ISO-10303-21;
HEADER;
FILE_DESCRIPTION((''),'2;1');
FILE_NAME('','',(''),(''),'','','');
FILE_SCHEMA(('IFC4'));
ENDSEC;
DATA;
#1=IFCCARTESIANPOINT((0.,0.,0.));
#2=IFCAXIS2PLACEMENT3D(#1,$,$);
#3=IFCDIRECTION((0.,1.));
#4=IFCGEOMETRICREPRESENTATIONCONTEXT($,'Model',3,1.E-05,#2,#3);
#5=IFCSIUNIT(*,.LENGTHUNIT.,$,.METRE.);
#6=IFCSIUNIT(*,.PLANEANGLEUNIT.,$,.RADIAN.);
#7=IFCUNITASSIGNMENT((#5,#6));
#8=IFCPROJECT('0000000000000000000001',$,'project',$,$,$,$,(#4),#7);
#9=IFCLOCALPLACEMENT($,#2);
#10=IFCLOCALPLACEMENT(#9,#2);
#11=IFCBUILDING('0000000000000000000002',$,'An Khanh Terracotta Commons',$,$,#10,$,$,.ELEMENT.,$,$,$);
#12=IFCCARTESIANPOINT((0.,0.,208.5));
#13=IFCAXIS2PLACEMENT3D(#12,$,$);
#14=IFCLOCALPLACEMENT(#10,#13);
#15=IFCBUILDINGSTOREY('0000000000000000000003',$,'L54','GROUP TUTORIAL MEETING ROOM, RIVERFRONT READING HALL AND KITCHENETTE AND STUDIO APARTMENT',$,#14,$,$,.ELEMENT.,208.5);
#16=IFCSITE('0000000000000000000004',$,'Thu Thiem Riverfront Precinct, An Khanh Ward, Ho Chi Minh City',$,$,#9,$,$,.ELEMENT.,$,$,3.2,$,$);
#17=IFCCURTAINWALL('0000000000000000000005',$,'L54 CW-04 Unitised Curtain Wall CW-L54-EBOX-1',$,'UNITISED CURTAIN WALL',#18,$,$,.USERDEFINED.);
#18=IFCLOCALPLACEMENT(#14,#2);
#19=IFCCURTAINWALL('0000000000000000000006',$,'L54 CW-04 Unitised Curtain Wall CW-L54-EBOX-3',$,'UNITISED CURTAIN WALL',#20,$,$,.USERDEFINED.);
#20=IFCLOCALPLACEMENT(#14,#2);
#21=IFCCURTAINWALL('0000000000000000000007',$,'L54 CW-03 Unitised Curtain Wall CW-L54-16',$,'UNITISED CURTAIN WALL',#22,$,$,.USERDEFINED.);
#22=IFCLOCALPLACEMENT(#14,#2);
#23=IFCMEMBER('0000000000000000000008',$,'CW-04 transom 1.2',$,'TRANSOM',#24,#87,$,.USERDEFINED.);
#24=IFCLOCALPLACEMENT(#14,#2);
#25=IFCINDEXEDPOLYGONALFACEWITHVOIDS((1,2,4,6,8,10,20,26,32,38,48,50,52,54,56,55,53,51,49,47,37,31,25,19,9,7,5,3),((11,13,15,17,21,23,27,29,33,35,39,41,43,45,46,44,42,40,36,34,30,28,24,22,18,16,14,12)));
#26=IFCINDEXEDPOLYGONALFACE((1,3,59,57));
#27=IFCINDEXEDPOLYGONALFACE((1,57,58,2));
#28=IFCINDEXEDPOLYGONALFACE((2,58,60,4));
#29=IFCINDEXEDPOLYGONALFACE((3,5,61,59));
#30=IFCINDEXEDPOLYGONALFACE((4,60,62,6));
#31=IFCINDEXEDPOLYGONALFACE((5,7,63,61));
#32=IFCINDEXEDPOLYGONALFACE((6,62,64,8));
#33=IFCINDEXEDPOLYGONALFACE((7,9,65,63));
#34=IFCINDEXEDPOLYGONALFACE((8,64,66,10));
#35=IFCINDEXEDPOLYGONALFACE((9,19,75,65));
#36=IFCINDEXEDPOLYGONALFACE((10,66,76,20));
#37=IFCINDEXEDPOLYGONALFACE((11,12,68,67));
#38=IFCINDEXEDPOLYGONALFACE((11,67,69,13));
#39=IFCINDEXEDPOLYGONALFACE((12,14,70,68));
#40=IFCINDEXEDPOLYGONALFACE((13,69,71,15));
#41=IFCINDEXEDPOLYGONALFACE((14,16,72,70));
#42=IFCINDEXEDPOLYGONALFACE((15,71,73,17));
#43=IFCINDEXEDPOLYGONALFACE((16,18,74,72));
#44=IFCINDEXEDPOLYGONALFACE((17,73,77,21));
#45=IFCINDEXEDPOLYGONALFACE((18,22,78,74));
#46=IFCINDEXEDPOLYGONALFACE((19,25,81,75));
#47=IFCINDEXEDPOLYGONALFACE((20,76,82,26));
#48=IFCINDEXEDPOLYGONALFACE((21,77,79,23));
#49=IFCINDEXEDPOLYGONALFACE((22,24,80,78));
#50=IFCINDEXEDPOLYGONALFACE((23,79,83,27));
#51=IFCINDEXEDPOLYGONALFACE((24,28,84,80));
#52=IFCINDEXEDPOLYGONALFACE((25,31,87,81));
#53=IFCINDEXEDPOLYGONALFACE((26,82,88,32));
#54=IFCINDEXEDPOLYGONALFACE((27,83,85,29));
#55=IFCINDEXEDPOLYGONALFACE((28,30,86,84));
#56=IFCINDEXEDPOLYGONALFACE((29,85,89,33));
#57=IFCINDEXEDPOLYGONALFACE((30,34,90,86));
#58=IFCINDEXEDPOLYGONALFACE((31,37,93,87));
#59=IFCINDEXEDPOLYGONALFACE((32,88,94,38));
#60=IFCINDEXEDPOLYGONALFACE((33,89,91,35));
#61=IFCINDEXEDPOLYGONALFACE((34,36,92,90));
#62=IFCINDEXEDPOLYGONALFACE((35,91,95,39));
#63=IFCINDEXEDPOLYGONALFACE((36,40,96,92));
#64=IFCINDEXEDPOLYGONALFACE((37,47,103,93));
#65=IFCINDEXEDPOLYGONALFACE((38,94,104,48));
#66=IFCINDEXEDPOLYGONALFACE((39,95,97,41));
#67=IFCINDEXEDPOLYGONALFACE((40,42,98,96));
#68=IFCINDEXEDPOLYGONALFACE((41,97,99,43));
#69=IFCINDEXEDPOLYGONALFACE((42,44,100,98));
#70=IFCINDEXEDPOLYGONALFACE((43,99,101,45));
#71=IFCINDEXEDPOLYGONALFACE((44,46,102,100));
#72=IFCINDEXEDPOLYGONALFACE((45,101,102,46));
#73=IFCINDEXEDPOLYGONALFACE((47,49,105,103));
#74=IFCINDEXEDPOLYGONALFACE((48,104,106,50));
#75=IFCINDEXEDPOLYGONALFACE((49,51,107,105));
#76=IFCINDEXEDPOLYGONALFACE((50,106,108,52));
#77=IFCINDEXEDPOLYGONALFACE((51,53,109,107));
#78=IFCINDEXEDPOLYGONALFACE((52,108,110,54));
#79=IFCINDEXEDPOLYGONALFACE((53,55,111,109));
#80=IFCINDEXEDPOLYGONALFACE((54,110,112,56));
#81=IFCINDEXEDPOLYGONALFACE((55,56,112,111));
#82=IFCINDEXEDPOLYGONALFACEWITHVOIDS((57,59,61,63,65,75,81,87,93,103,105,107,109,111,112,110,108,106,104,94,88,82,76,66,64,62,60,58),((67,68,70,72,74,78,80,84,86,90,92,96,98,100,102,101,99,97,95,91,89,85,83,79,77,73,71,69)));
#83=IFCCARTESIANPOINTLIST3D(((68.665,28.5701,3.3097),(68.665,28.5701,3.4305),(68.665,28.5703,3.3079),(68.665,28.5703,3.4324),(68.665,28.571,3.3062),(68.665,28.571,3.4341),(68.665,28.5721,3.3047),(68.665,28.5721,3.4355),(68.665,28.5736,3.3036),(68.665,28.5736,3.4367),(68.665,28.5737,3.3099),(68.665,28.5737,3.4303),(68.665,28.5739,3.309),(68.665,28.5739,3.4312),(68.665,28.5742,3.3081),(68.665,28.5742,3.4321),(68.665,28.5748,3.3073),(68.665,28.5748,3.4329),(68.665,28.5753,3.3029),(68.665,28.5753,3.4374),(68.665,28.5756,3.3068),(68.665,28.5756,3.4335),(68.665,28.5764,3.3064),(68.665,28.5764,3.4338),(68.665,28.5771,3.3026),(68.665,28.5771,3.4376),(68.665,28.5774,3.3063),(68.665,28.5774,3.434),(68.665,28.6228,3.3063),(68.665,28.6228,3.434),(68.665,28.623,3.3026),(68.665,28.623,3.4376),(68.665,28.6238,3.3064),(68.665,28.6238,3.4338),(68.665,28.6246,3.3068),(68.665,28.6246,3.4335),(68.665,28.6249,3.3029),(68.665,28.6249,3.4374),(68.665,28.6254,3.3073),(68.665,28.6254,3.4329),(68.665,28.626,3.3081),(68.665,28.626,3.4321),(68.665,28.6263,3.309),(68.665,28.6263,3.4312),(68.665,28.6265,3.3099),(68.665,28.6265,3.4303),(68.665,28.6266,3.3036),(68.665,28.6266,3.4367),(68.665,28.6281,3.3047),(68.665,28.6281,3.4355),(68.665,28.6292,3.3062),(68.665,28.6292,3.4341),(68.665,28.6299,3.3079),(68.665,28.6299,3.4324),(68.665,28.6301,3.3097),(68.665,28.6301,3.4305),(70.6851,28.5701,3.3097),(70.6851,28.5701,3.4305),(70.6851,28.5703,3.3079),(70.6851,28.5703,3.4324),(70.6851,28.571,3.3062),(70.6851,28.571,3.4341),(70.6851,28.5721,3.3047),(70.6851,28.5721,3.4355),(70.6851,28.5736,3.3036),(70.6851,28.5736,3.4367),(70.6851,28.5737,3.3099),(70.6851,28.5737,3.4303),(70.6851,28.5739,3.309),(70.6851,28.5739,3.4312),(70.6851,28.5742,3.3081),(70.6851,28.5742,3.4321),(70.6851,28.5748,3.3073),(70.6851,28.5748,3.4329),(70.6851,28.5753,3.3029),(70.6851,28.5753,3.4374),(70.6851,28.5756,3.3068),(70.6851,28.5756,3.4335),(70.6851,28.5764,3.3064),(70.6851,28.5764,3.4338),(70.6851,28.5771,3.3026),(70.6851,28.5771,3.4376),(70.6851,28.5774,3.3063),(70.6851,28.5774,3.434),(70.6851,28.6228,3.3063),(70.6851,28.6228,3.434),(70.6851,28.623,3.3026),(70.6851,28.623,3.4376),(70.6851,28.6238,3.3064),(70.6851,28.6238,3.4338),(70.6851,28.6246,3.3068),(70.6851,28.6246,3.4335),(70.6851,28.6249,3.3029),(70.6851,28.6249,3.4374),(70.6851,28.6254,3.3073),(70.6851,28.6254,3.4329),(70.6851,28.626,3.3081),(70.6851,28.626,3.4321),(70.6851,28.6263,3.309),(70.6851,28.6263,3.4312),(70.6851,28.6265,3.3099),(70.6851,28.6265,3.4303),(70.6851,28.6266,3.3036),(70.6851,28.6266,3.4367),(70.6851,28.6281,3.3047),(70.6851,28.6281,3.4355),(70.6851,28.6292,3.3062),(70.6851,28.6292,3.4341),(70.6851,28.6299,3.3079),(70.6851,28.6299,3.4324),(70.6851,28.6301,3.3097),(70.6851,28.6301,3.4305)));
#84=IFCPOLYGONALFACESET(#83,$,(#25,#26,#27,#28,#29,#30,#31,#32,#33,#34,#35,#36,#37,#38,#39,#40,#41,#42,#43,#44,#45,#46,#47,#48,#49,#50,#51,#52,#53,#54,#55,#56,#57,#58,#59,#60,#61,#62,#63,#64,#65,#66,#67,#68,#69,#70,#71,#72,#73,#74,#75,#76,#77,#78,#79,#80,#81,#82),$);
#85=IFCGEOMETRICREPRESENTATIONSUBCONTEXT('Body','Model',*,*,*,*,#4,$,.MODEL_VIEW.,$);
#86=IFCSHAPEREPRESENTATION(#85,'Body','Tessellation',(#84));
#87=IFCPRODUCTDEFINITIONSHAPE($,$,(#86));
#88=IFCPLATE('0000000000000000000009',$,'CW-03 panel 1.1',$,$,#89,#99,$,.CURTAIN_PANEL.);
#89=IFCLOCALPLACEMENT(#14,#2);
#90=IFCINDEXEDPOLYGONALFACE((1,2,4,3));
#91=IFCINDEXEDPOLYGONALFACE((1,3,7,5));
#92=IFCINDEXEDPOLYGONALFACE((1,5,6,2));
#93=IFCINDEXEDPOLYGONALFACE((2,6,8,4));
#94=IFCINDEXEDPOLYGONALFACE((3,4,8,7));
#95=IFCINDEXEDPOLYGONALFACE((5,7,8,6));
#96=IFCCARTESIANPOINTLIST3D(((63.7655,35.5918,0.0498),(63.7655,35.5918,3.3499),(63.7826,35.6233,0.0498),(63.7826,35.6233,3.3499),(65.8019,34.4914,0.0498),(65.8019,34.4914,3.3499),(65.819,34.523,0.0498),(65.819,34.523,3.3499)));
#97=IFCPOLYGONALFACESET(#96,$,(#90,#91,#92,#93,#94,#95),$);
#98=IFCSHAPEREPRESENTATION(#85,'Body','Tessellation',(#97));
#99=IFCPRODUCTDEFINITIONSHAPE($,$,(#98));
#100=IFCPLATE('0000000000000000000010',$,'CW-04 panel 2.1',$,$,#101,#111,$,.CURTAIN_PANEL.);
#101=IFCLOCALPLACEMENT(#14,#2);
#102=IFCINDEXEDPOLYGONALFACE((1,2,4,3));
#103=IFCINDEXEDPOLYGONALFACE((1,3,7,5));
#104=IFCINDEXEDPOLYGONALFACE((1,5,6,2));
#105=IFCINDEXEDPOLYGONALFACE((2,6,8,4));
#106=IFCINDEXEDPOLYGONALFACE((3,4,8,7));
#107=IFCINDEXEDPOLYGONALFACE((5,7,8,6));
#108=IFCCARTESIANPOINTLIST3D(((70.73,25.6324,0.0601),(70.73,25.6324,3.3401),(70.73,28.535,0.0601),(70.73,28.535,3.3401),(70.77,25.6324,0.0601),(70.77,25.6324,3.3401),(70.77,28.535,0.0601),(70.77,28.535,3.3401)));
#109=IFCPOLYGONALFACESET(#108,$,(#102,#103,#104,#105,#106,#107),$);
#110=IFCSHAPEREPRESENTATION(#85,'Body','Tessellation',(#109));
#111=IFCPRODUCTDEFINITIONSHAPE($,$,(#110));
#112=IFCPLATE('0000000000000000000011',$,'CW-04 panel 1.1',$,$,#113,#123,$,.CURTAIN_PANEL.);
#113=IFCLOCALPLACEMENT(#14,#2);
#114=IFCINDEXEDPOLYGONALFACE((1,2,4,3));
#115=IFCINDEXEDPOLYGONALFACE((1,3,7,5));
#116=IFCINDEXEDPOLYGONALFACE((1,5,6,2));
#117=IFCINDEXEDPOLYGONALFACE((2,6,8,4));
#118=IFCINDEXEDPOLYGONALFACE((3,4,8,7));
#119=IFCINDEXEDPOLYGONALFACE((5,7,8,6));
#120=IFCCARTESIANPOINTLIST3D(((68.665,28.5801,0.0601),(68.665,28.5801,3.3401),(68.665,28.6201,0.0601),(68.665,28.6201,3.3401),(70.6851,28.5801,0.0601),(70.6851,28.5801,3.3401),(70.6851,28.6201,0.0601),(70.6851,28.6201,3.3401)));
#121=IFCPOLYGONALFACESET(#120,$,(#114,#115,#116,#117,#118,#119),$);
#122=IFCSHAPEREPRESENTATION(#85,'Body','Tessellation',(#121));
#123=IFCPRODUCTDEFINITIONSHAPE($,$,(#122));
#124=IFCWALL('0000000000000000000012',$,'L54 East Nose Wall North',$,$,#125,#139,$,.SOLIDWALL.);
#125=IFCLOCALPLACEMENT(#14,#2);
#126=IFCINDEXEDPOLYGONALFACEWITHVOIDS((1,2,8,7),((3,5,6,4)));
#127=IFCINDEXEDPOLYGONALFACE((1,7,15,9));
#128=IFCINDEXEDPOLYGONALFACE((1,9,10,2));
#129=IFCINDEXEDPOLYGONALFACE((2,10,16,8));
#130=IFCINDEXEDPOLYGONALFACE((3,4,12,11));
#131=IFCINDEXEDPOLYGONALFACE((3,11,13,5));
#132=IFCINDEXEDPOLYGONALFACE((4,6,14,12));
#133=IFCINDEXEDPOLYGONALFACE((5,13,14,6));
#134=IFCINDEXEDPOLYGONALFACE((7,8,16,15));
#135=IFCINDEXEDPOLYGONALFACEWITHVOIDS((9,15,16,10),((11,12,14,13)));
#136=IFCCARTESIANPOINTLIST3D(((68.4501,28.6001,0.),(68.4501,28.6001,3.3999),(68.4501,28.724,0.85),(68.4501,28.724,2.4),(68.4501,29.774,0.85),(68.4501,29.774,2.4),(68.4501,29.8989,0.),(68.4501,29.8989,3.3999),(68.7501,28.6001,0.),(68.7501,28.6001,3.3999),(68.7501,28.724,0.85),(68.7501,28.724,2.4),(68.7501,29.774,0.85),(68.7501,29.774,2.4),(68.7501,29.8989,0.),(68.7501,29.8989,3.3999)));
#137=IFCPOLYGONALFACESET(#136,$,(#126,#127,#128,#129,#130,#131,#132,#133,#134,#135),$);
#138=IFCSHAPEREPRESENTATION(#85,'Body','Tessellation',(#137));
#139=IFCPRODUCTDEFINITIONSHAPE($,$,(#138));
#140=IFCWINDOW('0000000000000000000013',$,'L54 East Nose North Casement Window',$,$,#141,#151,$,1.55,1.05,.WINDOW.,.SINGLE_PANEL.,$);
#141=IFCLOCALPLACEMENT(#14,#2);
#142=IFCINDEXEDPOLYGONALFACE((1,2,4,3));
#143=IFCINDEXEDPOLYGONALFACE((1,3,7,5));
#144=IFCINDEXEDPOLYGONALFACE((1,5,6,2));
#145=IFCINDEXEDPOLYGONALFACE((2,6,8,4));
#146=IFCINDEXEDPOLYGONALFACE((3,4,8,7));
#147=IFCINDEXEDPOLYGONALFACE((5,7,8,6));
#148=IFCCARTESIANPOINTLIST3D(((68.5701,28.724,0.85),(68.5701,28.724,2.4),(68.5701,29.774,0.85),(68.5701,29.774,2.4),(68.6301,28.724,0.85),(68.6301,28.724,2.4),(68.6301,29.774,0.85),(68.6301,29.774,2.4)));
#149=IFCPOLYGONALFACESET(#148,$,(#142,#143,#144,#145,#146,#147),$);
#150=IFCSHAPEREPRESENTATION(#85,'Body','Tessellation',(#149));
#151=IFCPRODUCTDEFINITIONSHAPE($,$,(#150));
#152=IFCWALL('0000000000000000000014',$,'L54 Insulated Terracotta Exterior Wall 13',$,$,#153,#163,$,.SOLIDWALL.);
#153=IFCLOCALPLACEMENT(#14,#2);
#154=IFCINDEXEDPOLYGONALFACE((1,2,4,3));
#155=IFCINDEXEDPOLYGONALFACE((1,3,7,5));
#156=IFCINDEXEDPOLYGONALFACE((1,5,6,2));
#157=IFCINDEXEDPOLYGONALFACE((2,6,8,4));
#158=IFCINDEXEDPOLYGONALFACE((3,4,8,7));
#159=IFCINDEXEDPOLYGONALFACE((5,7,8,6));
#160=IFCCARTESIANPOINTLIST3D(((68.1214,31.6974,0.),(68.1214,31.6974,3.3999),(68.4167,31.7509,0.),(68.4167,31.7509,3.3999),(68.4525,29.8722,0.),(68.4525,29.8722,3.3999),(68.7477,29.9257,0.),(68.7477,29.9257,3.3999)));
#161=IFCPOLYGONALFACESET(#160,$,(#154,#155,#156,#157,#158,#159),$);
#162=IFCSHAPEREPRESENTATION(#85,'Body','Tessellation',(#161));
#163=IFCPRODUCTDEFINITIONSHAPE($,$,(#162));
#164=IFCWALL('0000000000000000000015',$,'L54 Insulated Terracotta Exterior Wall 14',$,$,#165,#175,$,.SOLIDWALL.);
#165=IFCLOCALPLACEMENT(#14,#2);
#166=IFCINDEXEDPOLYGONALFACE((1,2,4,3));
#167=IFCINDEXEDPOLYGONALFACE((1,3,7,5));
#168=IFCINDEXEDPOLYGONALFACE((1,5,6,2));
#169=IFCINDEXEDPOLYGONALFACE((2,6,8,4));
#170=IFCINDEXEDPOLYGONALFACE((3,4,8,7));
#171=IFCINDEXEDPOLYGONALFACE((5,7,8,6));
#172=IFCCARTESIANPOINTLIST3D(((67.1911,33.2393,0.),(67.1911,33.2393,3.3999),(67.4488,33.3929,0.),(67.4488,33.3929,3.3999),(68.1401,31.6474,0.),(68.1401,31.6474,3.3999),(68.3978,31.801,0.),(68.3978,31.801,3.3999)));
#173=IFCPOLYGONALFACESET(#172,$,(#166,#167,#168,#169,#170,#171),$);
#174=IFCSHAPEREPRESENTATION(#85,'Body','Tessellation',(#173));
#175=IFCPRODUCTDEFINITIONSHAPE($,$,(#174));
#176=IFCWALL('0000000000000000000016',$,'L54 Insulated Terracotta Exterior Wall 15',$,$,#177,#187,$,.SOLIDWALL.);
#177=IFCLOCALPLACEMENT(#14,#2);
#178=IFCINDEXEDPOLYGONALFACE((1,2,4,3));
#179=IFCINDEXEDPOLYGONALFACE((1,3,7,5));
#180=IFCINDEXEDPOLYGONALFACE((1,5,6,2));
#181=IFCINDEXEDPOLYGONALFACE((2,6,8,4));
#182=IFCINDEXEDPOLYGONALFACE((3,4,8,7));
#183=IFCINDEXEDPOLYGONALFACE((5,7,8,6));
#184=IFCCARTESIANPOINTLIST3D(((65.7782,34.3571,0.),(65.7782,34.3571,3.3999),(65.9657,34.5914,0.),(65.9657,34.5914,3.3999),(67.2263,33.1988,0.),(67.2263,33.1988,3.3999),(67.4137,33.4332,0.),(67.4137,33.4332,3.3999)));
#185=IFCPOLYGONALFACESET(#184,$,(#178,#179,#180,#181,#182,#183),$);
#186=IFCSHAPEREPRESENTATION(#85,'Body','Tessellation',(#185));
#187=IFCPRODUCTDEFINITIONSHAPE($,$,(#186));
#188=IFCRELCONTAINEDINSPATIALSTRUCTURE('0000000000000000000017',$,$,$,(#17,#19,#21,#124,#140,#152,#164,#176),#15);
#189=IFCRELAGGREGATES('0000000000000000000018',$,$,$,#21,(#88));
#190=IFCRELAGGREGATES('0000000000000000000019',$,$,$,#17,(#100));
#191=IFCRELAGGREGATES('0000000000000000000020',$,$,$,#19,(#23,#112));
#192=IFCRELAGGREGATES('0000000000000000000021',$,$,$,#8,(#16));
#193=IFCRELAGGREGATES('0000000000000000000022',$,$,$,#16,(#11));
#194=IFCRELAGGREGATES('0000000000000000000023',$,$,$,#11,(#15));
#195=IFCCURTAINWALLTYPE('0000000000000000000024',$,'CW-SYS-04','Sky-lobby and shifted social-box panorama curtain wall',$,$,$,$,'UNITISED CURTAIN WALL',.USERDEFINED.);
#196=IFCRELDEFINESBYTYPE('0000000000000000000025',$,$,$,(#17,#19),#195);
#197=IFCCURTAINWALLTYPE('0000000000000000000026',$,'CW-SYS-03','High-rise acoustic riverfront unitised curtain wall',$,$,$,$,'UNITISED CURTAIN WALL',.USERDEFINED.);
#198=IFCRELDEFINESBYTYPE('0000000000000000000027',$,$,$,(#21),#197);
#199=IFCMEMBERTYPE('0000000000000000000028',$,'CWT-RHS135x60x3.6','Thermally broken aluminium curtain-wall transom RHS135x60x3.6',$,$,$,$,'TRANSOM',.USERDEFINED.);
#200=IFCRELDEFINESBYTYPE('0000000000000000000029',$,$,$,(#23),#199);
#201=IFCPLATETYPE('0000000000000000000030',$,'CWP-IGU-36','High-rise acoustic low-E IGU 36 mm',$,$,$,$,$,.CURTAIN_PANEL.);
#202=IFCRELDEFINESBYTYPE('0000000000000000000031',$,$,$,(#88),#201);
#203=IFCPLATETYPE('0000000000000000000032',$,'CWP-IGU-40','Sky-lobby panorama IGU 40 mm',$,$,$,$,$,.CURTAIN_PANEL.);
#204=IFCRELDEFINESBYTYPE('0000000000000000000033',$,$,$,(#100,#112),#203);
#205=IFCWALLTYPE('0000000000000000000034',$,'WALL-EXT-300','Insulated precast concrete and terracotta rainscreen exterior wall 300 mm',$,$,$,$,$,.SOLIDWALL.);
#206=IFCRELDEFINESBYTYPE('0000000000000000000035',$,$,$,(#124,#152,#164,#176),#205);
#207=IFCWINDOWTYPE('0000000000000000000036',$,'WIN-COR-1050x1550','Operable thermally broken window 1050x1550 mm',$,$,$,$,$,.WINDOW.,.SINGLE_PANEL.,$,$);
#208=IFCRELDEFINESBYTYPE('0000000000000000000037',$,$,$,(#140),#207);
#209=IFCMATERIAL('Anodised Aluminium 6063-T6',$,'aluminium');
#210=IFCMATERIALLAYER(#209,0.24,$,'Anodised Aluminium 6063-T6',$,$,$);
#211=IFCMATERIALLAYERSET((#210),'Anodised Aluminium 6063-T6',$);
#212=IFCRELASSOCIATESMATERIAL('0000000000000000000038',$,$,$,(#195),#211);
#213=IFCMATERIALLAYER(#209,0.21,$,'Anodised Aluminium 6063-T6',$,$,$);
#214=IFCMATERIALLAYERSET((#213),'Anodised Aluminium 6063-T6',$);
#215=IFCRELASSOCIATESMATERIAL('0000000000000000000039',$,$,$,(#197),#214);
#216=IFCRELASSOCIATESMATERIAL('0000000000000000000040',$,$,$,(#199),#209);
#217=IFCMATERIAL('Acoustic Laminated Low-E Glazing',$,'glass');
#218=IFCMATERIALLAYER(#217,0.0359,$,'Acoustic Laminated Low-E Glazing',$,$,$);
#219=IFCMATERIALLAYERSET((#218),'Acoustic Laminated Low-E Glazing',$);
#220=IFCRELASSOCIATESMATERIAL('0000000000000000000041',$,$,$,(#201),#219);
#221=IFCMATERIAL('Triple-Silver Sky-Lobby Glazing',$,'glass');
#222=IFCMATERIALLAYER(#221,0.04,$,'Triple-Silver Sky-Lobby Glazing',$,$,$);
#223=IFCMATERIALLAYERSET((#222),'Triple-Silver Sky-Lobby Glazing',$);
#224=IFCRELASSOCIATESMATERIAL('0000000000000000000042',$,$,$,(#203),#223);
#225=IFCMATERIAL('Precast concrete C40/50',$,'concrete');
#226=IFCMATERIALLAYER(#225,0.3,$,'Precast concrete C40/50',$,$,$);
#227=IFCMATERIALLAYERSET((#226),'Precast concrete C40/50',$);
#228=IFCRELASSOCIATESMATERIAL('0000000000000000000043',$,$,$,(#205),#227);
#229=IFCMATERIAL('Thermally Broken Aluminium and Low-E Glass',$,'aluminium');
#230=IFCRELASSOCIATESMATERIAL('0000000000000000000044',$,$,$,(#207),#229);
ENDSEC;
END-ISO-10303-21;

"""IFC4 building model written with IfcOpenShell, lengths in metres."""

from ifc_helpers import new_model, si_unit, direction, frame, frame_2d, origin, origin_2d, place, context, subcontext, project, spatial, rectangle, hollow_rectangle, extrude, material, layer, layer_set, material_profile, profile_set, type_object, element, fill, aggregate, save


model = new_model("IFC4")

# Units and contexts
model_context = context("Model", 3, precision=1e-05, world=origin(), true_north=direction((0.0, 1.0)))
body_context = subcontext(model_context, "Body", "Model", "MODEL_VIEW")
ifc_project = project(units=[si_unit("LENGTHUNIT", "METRE"), si_unit("PLANEANGLEUNIT", "RADIAN")], contexts=[model_context])

# Site, building, storey
site_placement = place(None, origin())
site = spatial("IfcSite", under=ifc_project, at=site_placement, Name="Thu Thiem Riverfront Precinct, An Khanh Ward, Ho Chi Minh City", CompositionType="ELEMENT", RefElevation=3.2)
building_placement = place(site_placement, origin())
building = spatial("IfcBuilding", under=site, at=building_placement, Name="An Khanh Terracotta Commons", CompositionType="ELEMENT")
storey_placement = place(building_placement, frame((0.0, 0.0, 208.5)))
storey = spatial("IfcBuildingStorey", under=building, at=storey_placement, Name="L54", Description="GROUP TUTORIAL MEETING ROOM, RIVERFRONT READING HALL AND KITCHENETTE AND STUDIO APARTMENT", CompositionType="ELEMENT", Elevation=208.5)

# Curtain walls
ifc_material_1 = material(Name="Anodised Aluminium 6063-T6", Category="aluminium")
ifc_layer_1 = layer(ifc_material_1, 0.24, Name="Anodised Aluminium 6063-T6")
ifc_layer_set_1 = layer_set([ifc_layer_1], Name="Anodised Aluminium 6063-T6")
curtain_wall_type_1 = type_object("IfcCurtainWallType", Name="CW-SYS-04", Description="Sky-lobby and shifted social-box panorama curtain wall", ElementType="UNITISED CURTAIN WALL", PredefinedType="USERDEFINED", material=ifc_layer_set_1)
curtain_wall_1_placement = place(storey_placement, origin())
curtain_wall_1 = element("IfcCurtainWall", 1, at=curtain_wall_1_placement, inside=storey, type_object=curtain_wall_type_1, Name="L54 CW-04 Unitised Curtain Wall CW-L54-EBOX-1", ObjectType="UNITISED CURTAIN WALL", PredefinedType="USERDEFINED")
curtain_wall_2_placement = place(storey_placement, origin())
curtain_wall_2 = element("IfcCurtainWall", 2, at=curtain_wall_2_placement, inside=storey, type_object=curtain_wall_type_1, Name="L54 CW-04 Unitised Curtain Wall CW-L54-EBOX-3", ObjectType="UNITISED CURTAIN WALL", PredefinedType="USERDEFINED")
ifc_layer_2 = layer(ifc_material_1, 0.21, Name="Anodised Aluminium 6063-T6")
ifc_layer_set_2 = layer_set([ifc_layer_2], Name="Anodised Aluminium 6063-T6")
curtain_wall_type_2 = type_object("IfcCurtainWallType", Name="CW-SYS-03", Description="High-rise acoustic riverfront unitised curtain wall", ElementType="UNITISED CURTAIN WALL", PredefinedType="USERDEFINED", material=ifc_layer_set_2)
curtain_wall_3_placement = place(storey_placement, origin())
curtain_wall_3 = element("IfcCurtainWall", 3, at=curtain_wall_3_placement, inside=storey, type_object=curtain_wall_type_2, Name="L54 CW-03 Unitised Curtain Wall CW-L54-16", ObjectType="UNITISED CURTAIN WALL", PredefinedType="USERDEFINED")

# Member
ifc_material_profile_1 = material_profile(ifc_material_1, hollow_rectangle(XDim=0.0601, YDim=0.135, WallThickness=0.0037, InnerFilletRadius=0.0037, OuterFilletRadius=0.0071, at=origin_2d()), Name="RHS135x60x3.6")
ifc_profile_set_1 = profile_set([ifc_material_profile_1], Name="Anodised Aluminium 6063-T6")
member_type_1 = type_object("IfcMemberType", Name="CWT-RHS135x60x3.6", Description="Thermally broken aluminium curtain-wall transom RHS135x60x3.6", ElementType="TRANSOM", PredefinedType="USERDEFINED", material=ifc_profile_set_1)
member_1_placement = place(storey_placement, frame((70.6851, 28.6001, 3.3701), z_axis=(-1.0, 0.0, 0.0), x_axis=(0.0, -1.0, 0.0)))
member_1 = element("IfcMember", 4, at=member_1_placement, type_object=member_type_1, Name="CW-04 transom 1.2", ObjectType="TRANSOM", PredefinedType="USERDEFINED", context=body_context, shape_type="SweptSolid", body=[
    extrude(hollow_rectangle(XDim=0.0601, YDim=0.135, WallThickness=0.0037, InnerFilletRadius=0.0037, OuterFilletRadius=0.0071, at=origin_2d()), origin(), (0.0, 0.0, 1.0), 2.02),
])

# Plates
ifc_material_2 = material(Name="Acoustic Laminated Low-E Glazing", Category="glass")
ifc_layer_3 = layer(ifc_material_2, 0.0359, Name="Acoustic Laminated Low-E Glazing")
ifc_layer_set_3 = layer_set([ifc_layer_3], Name="Acoustic Laminated Low-E Glazing")
plate_type_1 = type_object("IfcPlateType", Name="CWP-IGU-36", Description="High-rise acoustic low-E IGU 36 mm", PredefinedType="CURTAIN_PANEL", material=ifc_layer_set_3)
plate_1_placement = place(storey_placement, frame((64.7922, 35.0574, 0.0498), z_axis=(0.0, 0.0, 1.0), x_axis=(-0.87978, 0.475381, 0.0)))
plate_1 = element("IfcPlate", 5, at=plate_1_placement, type_object=plate_type_1, Name="CW-03 panel 1.1", PredefinedType="CURTAIN_PANEL", context=body_context, shape_type="SweptSolid", body=[
    extrude(rectangle(XDim=2.3147, YDim=0.0359, at=origin_2d()), origin(), (0.0, 0.0, 1.0), 3.3),
])
aggregate(curtain_wall_3, [plate_1])
ifc_material_3 = material(Name="Triple-Silver Sky-Lobby Glazing", Category="glass")
ifc_layer_4 = layer(ifc_material_3, 0.04, Name="Triple-Silver Sky-Lobby Glazing")
ifc_layer_set_4 = layer_set([ifc_layer_4], Name="Triple-Silver Sky-Lobby Glazing")
plate_type_2 = type_object("IfcPlateType", Name="CWP-IGU-40", Description="Sky-lobby panorama IGU 40 mm", PredefinedType="CURTAIN_PANEL", material=ifc_layer_set_4)
plate_2_placement = place(storey_placement, frame((70.75, 27.0837, 0.0601), z_axis=(0.0, 0.0, 1.0), x_axis=(0.0, 1.0, 0.0)))
plate_2 = element("IfcPlate", 6, at=plate_2_placement, type_object=plate_type_2, Name="CW-04 panel 2.1", PredefinedType="CURTAIN_PANEL", context=body_context, shape_type="SweptSolid", body=[
    extrude(rectangle(XDim=2.9026, YDim=0.04, at=origin_2d()), origin(), (0.0, 0.0, 1.0), 3.28),
])
aggregate(curtain_wall_1, [plate_2])
plate_3_placement = place(storey_placement, frame((69.675, 28.6001, 0.0601), z_axis=(0.0, 0.0, 1.0), x_axis=(-1.0, 0.0, 0.0)))
plate_3 = element("IfcPlate", 7, at=plate_3_placement, type_object=plate_type_2, Name="CW-04 panel 1.1", PredefinedType="CURTAIN_PANEL", context=body_context, shape_type="SweptSolid", body=[
    extrude(rectangle(XDim=2.02, YDim=0.04, at=origin_2d()), origin(), (0.0, 0.0, 1.0), 3.28),
])
aggregate(curtain_wall_2, [member_1, plate_3])

# Wall, opening, window
ifc_material_4 = material(Name="Precast concrete C40/50", Category="concrete")
ifc_layer_5 = layer(ifc_material_4, 0.3, Name="Precast concrete C40/50")
ifc_layer_set_5 = layer_set([ifc_layer_5], Name="Precast concrete C40/50")
wall_type_1 = type_object("IfcWallType", Name="WALL-EXT-300", Description="Insulated precast concrete and terracotta rainscreen exterior wall 300 mm", PredefinedType="SOLIDWALL", material=ifc_layer_set_5)
wall_1_placement = place(storey_placement, frame((68.6001, 28.6001, 0.0), z_axis=(0.0, 0.0, 1.0), x_axis=(0.0, 1.0, 0.0)))
wall_1 = element("IfcWall", 8, at=wall_1_placement, inside=storey, type_object=wall_type_1, Name="L54 East Nose Wall North", PredefinedType="SOLIDWALL", context=body_context, shape_type="SweptSolid", body=[
    extrude(rectangle(XDim=1.2988, YDim=0.3, at=frame_2d((0.6494, 0.0))), origin(), (0.0, 0.0, 1.0), 3.3999),
])
opening_placement = place(wall_1_placement, frame((0.124, 0.0, 0.8501)))
opening = element("IfcOpeningElement", 9, at=opening_placement, cuts=wall_1, PredefinedType="OPENING", context=body_context, shape_type="SweptSolid", body=[
    extrude(rectangle(XDim=1.05, YDim=1.55, at=frame_2d((0.5249, 0.7749))), frame((0.0, 0.1599, 0.0), z_axis=(0.0, -1.0, 0.0), x_axis=(1.0, 0.0, 0.0)), (0.0, 0.0, 1.0), 0.3201),
])
ifc_material_5 = material(Name="Thermally Broken Aluminium and Low-E Glass", Category="aluminium")
window_type = type_object("IfcWindowType", Name="WIN-COR-1050x1550", Description="Operable thermally broken window 1050x1550 mm", PartitioningType="SINGLE_PANEL", PredefinedType="WINDOW", material=ifc_material_5)
window_placement = place(opening_placement, origin())
window = element("IfcWindow", 10, at=window_placement, inside=storey, type_object=window_type, Name="L54 East Nose North Casement Window", OverallHeight=1.55, OverallWidth=1.05, PartitioningType="SINGLE_PANEL", PredefinedType="WINDOW", context=body_context, shape_type="SweptSolid", body=[
    extrude(rectangle(XDim=1.05, YDim=1.55, at=frame_2d((0.5249, 0.7749))), frame((0.0, 0.03, 0.0), z_axis=(0.0, -1.0, 0.0), x_axis=(1.0, 0.0, 0.0)), (0.0, 0.0, 1.0), 0.0601),
])
fill(opening, window)

# Walls
wall_2_placement = place(storey_placement, frame((68.6001, 29.8989, 0.0), z_axis=(0.0, 0.0, 1.0), x_axis=(-0.178468, 0.983946, 0.0)))
element("IfcWall", 11, at=wall_2_placement, inside=storey, type_object=wall_type_1, Name="L54 Insulated Terracotta Exterior Wall 13", PredefinedType="SOLIDWALL", context=body_context, shape_type="SweptSolid", body=[
    extrude(rectangle(XDim=1.855, YDim=0.3, at=frame_2d((0.9275, 0.0))), origin(), (0.0, 0.0, 1.0), 3.3999),
])
wall_3_placement = place(storey_placement, frame((68.269, 31.7241, 0.0), z_axis=(0.0, 0.0, 1.0), x_axis=(-0.512072, 0.858943, 0.0)))
element("IfcWall", 12, at=wall_3_placement, inside=storey, type_object=wall_type_1, Name="L54 Insulated Terracotta Exterior Wall 14", PredefinedType="SOLIDWALL", context=body_context, shape_type="SweptSolid", body=[
    extrude(rectangle(XDim=1.8533, YDim=0.3, at=frame_2d((0.9268, 0.0))), origin(), (0.0, 0.0, 1.0), 3.3999),
])
wall_4_placement = place(storey_placement, frame((67.3201, 33.3159, 0.0), z_axis=(0.0, 0.0, 1.0), x_axis=(-0.78092, 0.624631, 0.0)))
element("IfcWall", 13, at=wall_4_placement, inside=storey, type_object=wall_type_1, Name="L54 Insulated Terracotta Exterior Wall 15", PredefinedType="SOLIDWALL", context=body_context, shape_type="SweptSolid", body=[
    extrude(rectangle(XDim=1.8542, YDim=0.3, at=frame_2d((0.9272, 0.0))), origin(), (0.0, 0.0, 1.0), 3.3999),
])

save(model, "model.ifc")
